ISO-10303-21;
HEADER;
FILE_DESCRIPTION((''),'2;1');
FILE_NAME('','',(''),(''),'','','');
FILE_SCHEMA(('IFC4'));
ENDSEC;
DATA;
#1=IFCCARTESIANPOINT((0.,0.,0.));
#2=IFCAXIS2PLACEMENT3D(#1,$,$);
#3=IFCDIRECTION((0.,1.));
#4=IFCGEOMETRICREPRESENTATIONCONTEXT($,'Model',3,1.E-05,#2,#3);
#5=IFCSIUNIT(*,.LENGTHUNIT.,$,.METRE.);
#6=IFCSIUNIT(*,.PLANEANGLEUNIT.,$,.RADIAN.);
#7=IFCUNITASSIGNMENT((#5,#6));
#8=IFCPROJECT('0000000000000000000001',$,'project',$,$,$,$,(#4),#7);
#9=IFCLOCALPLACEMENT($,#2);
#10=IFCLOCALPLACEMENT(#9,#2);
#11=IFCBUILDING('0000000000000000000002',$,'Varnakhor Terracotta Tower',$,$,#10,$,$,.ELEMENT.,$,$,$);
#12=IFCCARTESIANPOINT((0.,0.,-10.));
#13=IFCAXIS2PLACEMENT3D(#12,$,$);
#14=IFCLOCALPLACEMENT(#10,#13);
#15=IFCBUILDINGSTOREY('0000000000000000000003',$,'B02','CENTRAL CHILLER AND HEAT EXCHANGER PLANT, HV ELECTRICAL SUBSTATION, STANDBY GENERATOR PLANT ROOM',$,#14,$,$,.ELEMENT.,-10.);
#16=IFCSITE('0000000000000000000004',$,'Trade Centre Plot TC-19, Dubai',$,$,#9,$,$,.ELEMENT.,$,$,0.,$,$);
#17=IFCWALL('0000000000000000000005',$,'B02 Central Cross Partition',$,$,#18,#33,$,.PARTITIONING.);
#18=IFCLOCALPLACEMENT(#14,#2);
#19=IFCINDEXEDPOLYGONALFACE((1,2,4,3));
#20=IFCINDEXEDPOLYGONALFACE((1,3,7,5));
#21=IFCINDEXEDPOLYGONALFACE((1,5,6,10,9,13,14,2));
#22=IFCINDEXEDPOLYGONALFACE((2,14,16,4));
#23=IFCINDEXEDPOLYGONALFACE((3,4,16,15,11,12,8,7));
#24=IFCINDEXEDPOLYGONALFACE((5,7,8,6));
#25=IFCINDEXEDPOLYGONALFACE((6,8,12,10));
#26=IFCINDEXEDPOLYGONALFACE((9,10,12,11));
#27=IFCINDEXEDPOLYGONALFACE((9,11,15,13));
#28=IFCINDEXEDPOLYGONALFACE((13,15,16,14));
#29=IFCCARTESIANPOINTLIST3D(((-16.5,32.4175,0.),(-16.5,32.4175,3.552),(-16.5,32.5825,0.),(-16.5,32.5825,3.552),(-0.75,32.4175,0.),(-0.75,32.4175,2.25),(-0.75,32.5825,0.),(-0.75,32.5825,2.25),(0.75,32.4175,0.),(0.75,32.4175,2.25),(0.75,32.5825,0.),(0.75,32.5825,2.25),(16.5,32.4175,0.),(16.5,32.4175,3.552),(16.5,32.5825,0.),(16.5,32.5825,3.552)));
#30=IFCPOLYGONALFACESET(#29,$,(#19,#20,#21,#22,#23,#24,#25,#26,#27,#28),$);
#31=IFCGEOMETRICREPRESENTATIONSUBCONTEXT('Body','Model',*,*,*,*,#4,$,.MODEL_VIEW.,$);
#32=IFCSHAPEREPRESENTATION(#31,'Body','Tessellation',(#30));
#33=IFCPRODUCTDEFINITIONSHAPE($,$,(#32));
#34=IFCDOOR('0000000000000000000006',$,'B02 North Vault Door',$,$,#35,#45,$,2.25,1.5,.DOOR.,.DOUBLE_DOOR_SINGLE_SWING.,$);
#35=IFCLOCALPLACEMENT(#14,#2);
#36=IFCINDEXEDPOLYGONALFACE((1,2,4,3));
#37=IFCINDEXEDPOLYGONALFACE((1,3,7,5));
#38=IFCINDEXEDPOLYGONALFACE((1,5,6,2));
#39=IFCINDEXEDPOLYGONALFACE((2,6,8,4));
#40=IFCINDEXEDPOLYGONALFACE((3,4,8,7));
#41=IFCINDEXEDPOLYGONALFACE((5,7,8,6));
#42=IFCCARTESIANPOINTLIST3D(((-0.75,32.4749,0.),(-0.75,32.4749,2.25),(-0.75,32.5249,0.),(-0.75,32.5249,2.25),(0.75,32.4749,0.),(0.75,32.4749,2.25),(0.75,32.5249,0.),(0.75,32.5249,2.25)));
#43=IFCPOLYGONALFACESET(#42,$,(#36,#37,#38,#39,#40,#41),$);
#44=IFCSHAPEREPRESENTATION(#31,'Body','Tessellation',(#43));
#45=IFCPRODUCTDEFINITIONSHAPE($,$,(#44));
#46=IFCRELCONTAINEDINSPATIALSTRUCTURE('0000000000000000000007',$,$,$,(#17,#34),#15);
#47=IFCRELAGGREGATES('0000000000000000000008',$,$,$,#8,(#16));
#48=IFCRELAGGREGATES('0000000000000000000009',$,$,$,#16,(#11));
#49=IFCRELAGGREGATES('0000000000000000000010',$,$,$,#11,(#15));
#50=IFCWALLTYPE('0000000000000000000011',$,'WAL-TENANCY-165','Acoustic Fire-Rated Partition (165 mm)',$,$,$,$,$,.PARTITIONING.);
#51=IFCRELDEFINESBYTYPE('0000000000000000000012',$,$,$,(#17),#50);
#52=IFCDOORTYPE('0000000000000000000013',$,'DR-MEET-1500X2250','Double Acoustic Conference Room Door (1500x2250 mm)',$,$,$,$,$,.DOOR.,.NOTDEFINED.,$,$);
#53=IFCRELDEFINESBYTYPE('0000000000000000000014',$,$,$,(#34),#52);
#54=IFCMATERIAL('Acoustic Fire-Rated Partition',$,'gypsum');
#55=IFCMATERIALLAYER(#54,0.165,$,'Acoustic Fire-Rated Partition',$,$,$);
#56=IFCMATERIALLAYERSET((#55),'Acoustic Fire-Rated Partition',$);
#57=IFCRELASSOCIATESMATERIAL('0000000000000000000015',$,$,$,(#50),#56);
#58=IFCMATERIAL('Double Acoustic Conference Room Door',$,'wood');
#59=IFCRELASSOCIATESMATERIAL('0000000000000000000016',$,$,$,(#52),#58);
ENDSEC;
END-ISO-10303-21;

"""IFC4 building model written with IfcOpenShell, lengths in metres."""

from ifc_helpers import new_model, si_unit, direction, frame, frame_2d, origin, place, context, subcontext, project, spatial, rectangle, extrude, source, transform, mapped, material, layer, layer_set, type_object, type_shapes, element, fill, save


model = new_model("IFC4")

# Units and contexts
model_context = context("Model", 3, precision=1e-05, world=origin(), true_north=direction((0.0, 1.0)))
body_context = subcontext(model_context, "Body", "Model", "MODEL_VIEW")
ifc_project = project(units=[si_unit("LENGTHUNIT", "METRE"), si_unit("PLANEANGLEUNIT", "RADIAN")], contexts=[model_context])

# Site, building, storey
site_placement = place(None, origin())
site = spatial("IfcSite", under=ifc_project, at=site_placement, Name="Trade Centre Plot TC-19, Dubai", CompositionType="ELEMENT", RefElevation=0.0)
building_placement = place(site_placement, origin())
building = spatial("IfcBuilding", under=site, at=building_placement, Name="Varnakhor Terracotta Tower", CompositionType="ELEMENT")
storey_placement = place(building_placement, frame((0.0, 0.0, -10.0)))
storey = spatial("IfcBuildingStorey", under=building, at=storey_placement, Name="B02", Description="CENTRAL CHILLER AND HEAT EXCHANGER PLANT, HV ELECTRICAL SUBSTATION, STANDBY GENERATOR PLANT ROOM", CompositionType="ELEMENT", Elevation=-10.0)

# Wall, opening, door
ifc_material_1 = material(Name="Acoustic Fire-Rated Partition", Category="gypsum")
ifc_layer_1 = layer(ifc_material_1, 0.165, Name="Acoustic Fire-Rated Partition")
ifc_layer_set_1 = layer_set([ifc_layer_1], Name="Acoustic Fire-Rated Partition")
wall_type = type_object("IfcWallType", Name="WAL-TENANCY-165", Description="Acoustic Fire-Rated Partition (165 mm)", PredefinedType="PARTITIONING", material=ifc_layer_set_1)
wall_placement = place(storey_placement, frame((-16.5, 32.5, 0.0), z_axis=(0.0, 0.0, 1.0), x_axis=(1.0, 0.0, 0.0)))
wall = element("IfcWall", 1, at=wall_placement, inside=storey, type_object=wall_type, Name="B02 Central Cross Partition", PredefinedType="PARTITIONING", context=body_context, shape_type="SweptSolid", body=[
    extrude(rectangle(XDim=33.0, YDim=0.165, at=frame_2d((16.5, 0.0))), origin(), (0.0, 0.0, 1.0), 3.552),
])
opening_placement = place(wall_placement, frame((15.75, 0.0, 0.0)))
opening = element("IfcOpeningElement", 2, at=opening_placement, cuts=wall, PredefinedType="OPENING", context=body_context, shape_type="SweptSolid", body=[
    extrude(rectangle(XDim=1.5, YDim=2.25, at=frame_2d((0.75, 1.125))), frame((0.0, 0.0925, 0.0), z_axis=(0.0, -1.0, 0.0), x_axis=(1.0, 0.0, 0.0)), (0.0, 0.0, 1.0), 0.1851),
])
ifc_material_2 = material(Name="Double Acoustic Conference Room Door", Category="wood")
door_type = type_object("IfcDoorType", Name="DR-MEET-1500X2250", Description="Double Acoustic Conference Room Door (1500x2250 mm)", OperationType="NOTDEFINED", PredefinedType="DOOR", material=ifc_material_2)
shared_shape_1 = source(origin(), body_context, "Body", "SweptSolid", [
    extrude(rectangle(XDim=1.5, YDim=2.25, at=frame_2d((0.75, 1.125))), frame((0.0, 0.0249, 0.0), z_axis=(0.0, -1.0, 0.0), x_axis=(1.0, 0.0, 0.0)), (0.0, 0.0, 1.0), 0.05),
])
type_shapes(door_type, [shared_shape_1])
door_placement = place(opening_placement, origin())
door = element("IfcDoor", 3, at=door_placement, inside=storey, type_object=door_type, Name="B02 North Vault Door", OperationType="DOUBLE_DOOR_SINGLE_SWING", OverallHeight=2.25, OverallWidth=1.5, PredefinedType="DOOR", context=body_context, shape_type="MappedRepresentation", body=[
    mapped(shared_shape_1, transform((0.0, 0.0, 0.0), scale=1.0)),
])
fill(opening, door)

save(model, "model.ifc")
